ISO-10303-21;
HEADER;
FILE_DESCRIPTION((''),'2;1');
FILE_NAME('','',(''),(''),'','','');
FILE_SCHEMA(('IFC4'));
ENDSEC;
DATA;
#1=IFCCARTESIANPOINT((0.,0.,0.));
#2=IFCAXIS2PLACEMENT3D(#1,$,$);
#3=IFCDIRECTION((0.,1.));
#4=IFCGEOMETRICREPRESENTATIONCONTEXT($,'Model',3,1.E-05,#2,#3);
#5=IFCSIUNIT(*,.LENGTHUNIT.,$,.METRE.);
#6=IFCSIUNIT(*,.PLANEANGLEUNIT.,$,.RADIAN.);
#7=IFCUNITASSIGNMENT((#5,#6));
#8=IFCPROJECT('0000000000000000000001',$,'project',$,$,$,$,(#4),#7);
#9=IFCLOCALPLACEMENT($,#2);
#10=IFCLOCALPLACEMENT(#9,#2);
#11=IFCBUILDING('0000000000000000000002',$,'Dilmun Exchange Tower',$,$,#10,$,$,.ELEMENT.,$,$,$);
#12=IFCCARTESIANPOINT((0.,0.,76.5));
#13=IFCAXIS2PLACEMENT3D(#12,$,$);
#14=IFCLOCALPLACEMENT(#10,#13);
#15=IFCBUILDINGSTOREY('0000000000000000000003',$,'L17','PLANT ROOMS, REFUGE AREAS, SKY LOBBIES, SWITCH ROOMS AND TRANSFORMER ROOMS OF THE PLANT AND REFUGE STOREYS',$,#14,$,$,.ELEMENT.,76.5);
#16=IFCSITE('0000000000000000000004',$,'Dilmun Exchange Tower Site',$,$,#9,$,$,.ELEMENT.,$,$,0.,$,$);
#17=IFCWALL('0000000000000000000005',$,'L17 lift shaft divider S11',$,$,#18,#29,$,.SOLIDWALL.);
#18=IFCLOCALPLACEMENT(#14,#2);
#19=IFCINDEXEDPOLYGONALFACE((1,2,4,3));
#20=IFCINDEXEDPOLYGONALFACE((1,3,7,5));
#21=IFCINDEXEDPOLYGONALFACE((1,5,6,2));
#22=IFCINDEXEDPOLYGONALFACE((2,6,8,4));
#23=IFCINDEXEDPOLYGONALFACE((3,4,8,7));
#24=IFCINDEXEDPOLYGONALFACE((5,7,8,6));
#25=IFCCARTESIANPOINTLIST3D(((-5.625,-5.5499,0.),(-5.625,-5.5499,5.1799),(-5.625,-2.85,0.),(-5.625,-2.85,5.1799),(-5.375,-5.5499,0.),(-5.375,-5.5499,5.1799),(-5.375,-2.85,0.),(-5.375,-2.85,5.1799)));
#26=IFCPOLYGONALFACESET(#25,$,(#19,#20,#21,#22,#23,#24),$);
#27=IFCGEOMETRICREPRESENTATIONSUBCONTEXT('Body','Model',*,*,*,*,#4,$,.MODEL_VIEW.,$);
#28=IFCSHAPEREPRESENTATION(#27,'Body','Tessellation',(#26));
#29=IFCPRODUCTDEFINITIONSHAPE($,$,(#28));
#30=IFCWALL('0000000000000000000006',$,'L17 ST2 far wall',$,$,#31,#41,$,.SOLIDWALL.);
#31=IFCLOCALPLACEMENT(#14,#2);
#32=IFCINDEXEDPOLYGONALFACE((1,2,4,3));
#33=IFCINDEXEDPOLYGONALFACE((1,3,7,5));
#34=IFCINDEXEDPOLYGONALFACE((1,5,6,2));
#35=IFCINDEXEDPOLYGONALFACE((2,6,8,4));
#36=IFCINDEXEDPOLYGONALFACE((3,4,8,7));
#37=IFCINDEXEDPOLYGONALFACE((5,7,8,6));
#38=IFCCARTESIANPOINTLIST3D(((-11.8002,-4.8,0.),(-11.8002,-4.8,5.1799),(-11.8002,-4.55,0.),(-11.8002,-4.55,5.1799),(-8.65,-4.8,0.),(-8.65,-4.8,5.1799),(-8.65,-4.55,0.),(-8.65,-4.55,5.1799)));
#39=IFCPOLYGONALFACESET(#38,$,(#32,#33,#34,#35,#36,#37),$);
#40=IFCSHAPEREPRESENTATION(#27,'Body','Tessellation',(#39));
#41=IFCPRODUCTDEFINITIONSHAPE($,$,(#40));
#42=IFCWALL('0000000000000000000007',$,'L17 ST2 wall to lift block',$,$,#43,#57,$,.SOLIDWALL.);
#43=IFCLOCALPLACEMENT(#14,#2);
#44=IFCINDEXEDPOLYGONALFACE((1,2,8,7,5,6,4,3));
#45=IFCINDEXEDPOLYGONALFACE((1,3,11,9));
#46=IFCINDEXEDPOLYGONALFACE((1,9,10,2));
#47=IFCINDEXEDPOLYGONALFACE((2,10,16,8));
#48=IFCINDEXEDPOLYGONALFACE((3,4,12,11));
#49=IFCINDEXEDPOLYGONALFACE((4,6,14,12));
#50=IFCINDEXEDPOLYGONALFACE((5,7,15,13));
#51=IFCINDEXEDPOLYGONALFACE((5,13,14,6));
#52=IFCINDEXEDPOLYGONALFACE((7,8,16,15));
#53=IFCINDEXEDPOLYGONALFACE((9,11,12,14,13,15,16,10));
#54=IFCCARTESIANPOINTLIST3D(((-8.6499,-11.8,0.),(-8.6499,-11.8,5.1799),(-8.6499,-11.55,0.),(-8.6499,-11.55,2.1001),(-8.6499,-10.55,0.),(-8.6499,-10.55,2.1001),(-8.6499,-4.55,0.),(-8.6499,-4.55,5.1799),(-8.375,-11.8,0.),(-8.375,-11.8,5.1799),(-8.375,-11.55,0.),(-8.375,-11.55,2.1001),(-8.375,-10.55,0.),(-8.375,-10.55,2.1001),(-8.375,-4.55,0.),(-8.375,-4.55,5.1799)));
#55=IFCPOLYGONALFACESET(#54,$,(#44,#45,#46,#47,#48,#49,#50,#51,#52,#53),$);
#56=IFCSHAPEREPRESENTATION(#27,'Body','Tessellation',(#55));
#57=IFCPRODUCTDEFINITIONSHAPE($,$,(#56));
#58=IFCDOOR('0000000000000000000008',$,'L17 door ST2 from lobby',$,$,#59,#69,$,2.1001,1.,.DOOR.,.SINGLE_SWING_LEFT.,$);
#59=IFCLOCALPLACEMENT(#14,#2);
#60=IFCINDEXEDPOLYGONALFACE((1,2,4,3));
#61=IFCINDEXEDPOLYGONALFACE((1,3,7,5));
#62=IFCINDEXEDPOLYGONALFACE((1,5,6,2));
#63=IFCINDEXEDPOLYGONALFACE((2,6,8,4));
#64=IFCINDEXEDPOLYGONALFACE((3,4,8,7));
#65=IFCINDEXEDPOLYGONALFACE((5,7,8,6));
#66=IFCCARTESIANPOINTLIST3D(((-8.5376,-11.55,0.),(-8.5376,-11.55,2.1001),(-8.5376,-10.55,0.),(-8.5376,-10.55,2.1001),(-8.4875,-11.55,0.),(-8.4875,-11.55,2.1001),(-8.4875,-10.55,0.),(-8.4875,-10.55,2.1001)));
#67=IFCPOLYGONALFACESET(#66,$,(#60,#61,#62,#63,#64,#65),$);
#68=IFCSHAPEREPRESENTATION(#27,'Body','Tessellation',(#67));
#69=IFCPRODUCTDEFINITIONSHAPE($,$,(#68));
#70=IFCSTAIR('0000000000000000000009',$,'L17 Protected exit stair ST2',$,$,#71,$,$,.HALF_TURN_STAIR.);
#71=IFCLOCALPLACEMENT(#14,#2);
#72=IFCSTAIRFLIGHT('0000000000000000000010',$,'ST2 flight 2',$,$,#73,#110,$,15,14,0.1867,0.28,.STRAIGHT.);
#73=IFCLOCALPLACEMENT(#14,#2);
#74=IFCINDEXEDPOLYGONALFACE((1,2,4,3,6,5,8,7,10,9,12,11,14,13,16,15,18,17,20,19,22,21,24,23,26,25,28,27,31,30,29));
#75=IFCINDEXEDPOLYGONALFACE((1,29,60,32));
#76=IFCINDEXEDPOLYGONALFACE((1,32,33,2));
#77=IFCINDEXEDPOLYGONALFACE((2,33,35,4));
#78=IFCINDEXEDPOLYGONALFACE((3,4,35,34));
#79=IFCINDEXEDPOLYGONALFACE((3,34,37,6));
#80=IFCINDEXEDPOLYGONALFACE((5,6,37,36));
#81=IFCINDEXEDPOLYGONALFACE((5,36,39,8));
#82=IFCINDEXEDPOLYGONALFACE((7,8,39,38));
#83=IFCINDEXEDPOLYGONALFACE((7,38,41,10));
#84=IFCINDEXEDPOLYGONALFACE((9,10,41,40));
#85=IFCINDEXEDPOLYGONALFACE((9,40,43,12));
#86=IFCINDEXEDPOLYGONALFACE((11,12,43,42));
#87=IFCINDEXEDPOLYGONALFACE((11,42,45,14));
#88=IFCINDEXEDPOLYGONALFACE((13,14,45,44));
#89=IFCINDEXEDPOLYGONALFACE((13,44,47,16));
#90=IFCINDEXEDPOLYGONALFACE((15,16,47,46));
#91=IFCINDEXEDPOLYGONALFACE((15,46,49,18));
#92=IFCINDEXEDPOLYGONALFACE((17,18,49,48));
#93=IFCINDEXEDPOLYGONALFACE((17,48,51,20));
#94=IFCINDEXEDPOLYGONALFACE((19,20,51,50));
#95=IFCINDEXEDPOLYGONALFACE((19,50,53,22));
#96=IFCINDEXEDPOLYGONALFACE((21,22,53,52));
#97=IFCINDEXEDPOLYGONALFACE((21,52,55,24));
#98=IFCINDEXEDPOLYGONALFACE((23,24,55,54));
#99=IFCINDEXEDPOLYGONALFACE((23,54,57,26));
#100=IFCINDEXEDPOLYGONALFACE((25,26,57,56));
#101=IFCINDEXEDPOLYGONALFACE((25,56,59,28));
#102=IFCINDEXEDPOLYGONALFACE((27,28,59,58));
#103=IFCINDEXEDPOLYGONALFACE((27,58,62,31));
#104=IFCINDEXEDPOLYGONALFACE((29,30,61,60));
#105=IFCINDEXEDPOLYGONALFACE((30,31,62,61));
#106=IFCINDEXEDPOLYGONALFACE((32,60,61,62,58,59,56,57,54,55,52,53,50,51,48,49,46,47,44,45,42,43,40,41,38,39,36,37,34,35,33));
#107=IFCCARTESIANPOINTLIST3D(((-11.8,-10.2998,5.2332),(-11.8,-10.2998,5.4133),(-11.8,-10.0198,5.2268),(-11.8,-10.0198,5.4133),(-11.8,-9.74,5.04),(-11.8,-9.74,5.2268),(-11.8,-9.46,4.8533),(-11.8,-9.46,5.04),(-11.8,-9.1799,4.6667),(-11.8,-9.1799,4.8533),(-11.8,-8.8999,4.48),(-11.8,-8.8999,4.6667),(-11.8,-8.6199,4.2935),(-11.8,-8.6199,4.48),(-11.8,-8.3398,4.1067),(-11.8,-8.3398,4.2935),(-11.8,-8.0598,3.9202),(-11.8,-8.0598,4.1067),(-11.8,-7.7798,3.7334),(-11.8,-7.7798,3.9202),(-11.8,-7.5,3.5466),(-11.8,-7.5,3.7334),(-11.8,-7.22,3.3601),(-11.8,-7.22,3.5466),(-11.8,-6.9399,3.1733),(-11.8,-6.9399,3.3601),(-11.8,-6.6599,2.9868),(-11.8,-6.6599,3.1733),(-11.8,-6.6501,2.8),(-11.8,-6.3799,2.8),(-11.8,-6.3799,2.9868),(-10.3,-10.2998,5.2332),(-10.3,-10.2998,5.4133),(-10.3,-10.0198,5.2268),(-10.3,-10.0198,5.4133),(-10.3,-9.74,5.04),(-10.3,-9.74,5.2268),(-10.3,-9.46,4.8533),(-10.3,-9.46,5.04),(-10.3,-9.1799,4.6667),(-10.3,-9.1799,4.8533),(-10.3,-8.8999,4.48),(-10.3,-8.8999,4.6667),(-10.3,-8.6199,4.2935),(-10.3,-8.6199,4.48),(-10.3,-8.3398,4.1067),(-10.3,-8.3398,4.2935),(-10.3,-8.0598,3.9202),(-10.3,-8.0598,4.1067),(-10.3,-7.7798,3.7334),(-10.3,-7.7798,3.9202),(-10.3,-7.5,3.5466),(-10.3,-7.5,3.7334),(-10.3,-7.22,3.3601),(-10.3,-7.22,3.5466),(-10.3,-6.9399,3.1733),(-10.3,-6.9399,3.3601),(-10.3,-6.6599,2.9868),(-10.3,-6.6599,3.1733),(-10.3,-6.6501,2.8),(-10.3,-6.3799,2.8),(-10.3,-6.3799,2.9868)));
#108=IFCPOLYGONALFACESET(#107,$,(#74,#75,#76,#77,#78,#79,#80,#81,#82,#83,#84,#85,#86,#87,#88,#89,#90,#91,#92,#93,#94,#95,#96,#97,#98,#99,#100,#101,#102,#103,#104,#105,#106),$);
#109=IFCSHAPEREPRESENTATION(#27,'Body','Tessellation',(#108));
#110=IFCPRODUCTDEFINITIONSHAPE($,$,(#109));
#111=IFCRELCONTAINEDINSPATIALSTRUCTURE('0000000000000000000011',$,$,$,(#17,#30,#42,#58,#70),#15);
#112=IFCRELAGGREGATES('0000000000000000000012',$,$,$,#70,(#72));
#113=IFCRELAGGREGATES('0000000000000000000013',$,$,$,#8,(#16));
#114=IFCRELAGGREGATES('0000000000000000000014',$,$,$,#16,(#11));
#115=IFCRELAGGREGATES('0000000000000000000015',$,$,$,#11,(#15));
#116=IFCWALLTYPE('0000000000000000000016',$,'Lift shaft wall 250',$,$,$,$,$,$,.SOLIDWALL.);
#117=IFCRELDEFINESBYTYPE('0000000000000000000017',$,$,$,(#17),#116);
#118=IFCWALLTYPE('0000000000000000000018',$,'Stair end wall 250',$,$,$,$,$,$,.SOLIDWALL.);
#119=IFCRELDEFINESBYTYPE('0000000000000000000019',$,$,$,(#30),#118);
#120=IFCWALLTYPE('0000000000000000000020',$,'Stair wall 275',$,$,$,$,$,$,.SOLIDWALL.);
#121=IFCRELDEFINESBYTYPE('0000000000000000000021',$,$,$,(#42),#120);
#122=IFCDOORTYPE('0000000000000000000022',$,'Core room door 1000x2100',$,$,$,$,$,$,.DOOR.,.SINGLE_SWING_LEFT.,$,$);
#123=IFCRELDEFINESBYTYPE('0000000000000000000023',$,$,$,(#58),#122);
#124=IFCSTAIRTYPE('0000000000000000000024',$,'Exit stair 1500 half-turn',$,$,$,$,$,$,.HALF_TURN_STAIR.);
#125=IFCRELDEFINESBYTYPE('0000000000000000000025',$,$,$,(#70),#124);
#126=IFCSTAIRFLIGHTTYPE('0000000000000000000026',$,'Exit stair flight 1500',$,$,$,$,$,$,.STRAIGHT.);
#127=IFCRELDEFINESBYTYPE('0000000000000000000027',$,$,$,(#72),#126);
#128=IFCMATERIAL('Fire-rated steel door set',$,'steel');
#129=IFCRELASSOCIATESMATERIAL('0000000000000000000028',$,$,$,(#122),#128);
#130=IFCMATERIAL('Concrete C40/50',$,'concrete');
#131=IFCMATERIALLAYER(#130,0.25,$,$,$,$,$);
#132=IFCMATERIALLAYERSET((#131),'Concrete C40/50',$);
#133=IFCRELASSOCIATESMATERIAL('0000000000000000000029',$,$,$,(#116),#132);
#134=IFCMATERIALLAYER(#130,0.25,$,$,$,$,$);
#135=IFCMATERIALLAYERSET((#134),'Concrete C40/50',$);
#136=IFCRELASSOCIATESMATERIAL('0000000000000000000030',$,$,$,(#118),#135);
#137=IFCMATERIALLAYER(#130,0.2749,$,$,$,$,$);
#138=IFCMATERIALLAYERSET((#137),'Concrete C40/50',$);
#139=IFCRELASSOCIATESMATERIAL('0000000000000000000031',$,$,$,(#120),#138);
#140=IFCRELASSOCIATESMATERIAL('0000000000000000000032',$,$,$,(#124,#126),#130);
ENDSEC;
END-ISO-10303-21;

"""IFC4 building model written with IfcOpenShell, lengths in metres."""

from ifc_helpers import new_model, si_unit, direction, frame, frame_2d, origin, place, context, subcontext, project, spatial, polyline, rectangle, outline, extrude, material, layer, layer_set, type_object, element, fill, aggregate, save


model = new_model("IFC4")

# Units and contexts
model_context = context("Model", 3, precision=1e-05, world=origin(), true_north=direction((0.0, 1.0)))
body_context = subcontext(model_context, "Body", "Model", "MODEL_VIEW")
ifc_project = project(units=[si_unit("LENGTHUNIT", "METRE"), si_unit("PLANEANGLEUNIT", "RADIAN")], contexts=[model_context])

# Site, building, storey
site_placement = place(None, origin())
site = spatial("IfcSite", under=ifc_project, at=site_placement, Name="Dilmun Exchange Tower Site", CompositionType="ELEMENT", RefElevation=0.0)
building_placement = place(site_placement, origin())
building = spatial("IfcBuilding", under=site, at=building_placement, Name="Dilmun Exchange Tower", CompositionType="ELEMENT")
storey_placement = place(building_placement, frame((0.0, 0.0, 76.5)))
storey = spatial("IfcBuildingStorey", under=building, at=storey_placement, Name="L17", Description="PLANT ROOMS, REFUGE AREAS, SKY LOBBIES, SWITCH ROOMS AND TRANSFORMER ROOMS OF THE PLANT AND REFUGE STOREYS", CompositionType="ELEMENT", Elevation=76.5)

# Shared definitions
ifc_material_1 = material(Name="Concrete C40/50", Category="concrete")
ifc_material_2 = material(Name="Fire-rated steel door set", Category="steel")
door_type_1 = type_object("IfcDoorType", Name="Core room door 1000x2100", OperationType="SINGLE_SWING_LEFT", PredefinedType="DOOR", material=ifc_material_2)

# Walls
ifc_layer_1 = layer(ifc_material_1, 0.25)
ifc_layer_set_1 = layer_set([ifc_layer_1], Name="Concrete C40/50")
wall_type_1 = type_object("IfcWallType", Name="Lift shaft wall 250", PredefinedType="SOLIDWALL", material=ifc_layer_set_1)
for number, where, z_axis, x_axis, name in (
    (1, (-5.5, -5.55, 0.0), (0.0, 0.0, 1.0), (0.0, 1.0, 0.0), "L17 lift shaft divider S11"),
):
    element("IfcWall", number, at=place(storey_placement, frame(where, z_axis=z_axis, x_axis=x_axis)), inside=storey, type_object=wall_type_1, Name=name, PredefinedType="SOLIDWALL", context=body_context, shape_type="SweptSolid", body=[
        extrude(rectangle(XDim=2.7, YDim=0.25, at=frame_2d((1.3501, 0.0))), origin(), (0.0, 0.0, 1.0), 5.1799),
    ])
ifc_layer_2 = layer(ifc_material_1, 0.25)
ifc_layer_set_2 = layer_set([ifc_layer_2], Name="Concrete C40/50")
wall_type_2 = type_object("IfcWallType", Name="Stair end wall 250", PredefinedType="SOLIDWALL", material=ifc_layer_set_2)
wall_1_placement = place(storey_placement, frame((-8.6499, -4.675, 0.0), z_axis=(0.0, 0.0, 1.0), x_axis=(-1.0, 0.0, 0.0)))
element("IfcWall", 2, at=wall_1_placement, inside=storey, type_object=wall_type_2, Name="L17 ST2 far wall", PredefinedType="SOLIDWALL", context=body_context, shape_type="SweptSolid", body=[
    extrude(rectangle(XDim=3.1501, YDim=0.25, at=frame_2d((1.5752, 0.0))), origin(), (0.0, 0.0, 1.0), 5.1799),
])

# Wall, opening, door
ifc_layer_3 = layer(ifc_material_1, 0.2749)
ifc_layer_set_3 = layer_set([ifc_layer_3], Name="Concrete C40/50")
wall_type_3 = type_object("IfcWallType", Name="Stair wall 275", PredefinedType="SOLIDWALL", material=ifc_layer_set_3)
wall_2_placement = place(storey_placement, frame((-8.5125, -4.55, 0.0), z_axis=(0.0, 0.0, 1.0), x_axis=(0.0, -1.0, 0.0)))
wall_2 = element("IfcWall", 3, at=wall_2_placement, inside=storey, type_object=wall_type_3, Name="L17 ST2 wall to lift block", PredefinedType="SOLIDWALL", context=body_context, shape_type="SweptSolid", body=[
    extrude(rectangle(XDim=7.25, YDim=0.2749, at=frame_2d((3.625, 0.0))), origin(), (0.0, 0.0, 1.0), 5.1799),
])
opening_1_placement = place(wall_2_placement, frame((6.0, 0.0, 0.0)))
opening_1 = element("IfcOpeningElement", 4, at=opening_1_placement, cuts=wall_2, PredefinedType="OPENING", context=body_context, shape_type="SweptSolid", body=[
    extrude(rectangle(XDim=1.0, YDim=2.1001, at=frame_2d((0.5, 1.05))), frame((0.0, 0.1475, 0.0), z_axis=(0.0, -1.0, 0.0), x_axis=(1.0, 0.0, 0.0)), (0.0, 0.0, 1.0), 0.2949),
])
door_1_placement = place(opening_1_placement, origin())
door_1 = element("IfcDoor", 5, at=door_1_placement, inside=storey, type_object=door_type_1, Name="L17 door ST2 from lobby", OperationType="SINGLE_SWING_LEFT", OverallHeight=2.1001, OverallWidth=1.0, PredefinedType="DOOR", context=body_context, shape_type="SweptSolid", body=[
    extrude(rectangle(XDim=1.0, YDim=2.1001, at=frame_2d((0.5, 1.05))), frame((0.0, 0.0249, 0.0), z_axis=(0.0, -1.0, 0.0), x_axis=(1.0, 0.0, 0.0)), (0.0, 0.0, 1.0), 0.05),
])
fill(opening_1, door_1)

# Stair, stair flight
stair_type = type_object("IfcStairType", Name="Exit stair 1500 half-turn", PredefinedType="HALF_TURN_STAIR", material=ifc_material_1)
stair_placement = place(storey_placement, origin())
stair = element("IfcStair", 6, at=stair_placement, inside=storey, type_object=stair_type, Name="L17 Protected exit stair ST2", PredefinedType="HALF_TURN_STAIR")
stair_flight_type = type_object("IfcStairFlightType", Name="Exit stair flight 1500", PredefinedType="STRAIGHT", material=ifc_material_1)
stair_flight_placement = place(storey_placement, frame((-11.05, -6.3799, 2.8), z_axis=(0.0, 0.0, 1.0), x_axis=(0.0, -1.0, 0.0)))
stair_flight = element("IfcStairFlight", 7, at=stair_flight_placement, type_object=stair_flight_type, Name="ST2 flight 2", NumberOfRisers=15, NumberOfTreads=14, PredefinedType="STRAIGHT", RiserHeight=0.1867, TreadLength=0.28, context=body_context, shape_type="SweptSolid", body=[
    extrude(outline(polyline([(0.0, 0.0), (0.0, 0.1868), (0.28, 0.1868), (0.28, 0.3733), (0.5601, 0.3733), (0.5601, 0.5601), (0.8401, 0.5601), (0.8401, 0.7466), (1.1201, 0.7466), (1.1201, 0.9333), (1.3999, 0.9333), (1.3999, 1.1201), (1.6799, 1.1201), (1.6799, 1.3066), (1.96, 1.3066), (1.96, 1.4934), (2.24, 1.4934), (2.24, 1.6799), (2.52, 1.6799), (2.52, 1.8667), (2.8, 1.8667), (2.8, 2.0532), (3.0801, 2.0532), (3.0801, 2.24), (3.3601, 2.24), (3.3601, 2.4268), (3.6399, 2.4268), (3.6399, 2.6133), (3.9199, 2.6133), (3.9199, 2.8), (3.9199, 2.4331), (0.2703, 0.0), (0.0, 0.0)])), frame((0.0, 0.75, 0.0), z_axis=(0.0, -1.0, 0.0), x_axis=(1.0, 0.0, 0.0)), (0.0, 0.0, 1.0), 1.5),
])
aggregate(stair, [stair_flight])

save(model, "model.ifc")
